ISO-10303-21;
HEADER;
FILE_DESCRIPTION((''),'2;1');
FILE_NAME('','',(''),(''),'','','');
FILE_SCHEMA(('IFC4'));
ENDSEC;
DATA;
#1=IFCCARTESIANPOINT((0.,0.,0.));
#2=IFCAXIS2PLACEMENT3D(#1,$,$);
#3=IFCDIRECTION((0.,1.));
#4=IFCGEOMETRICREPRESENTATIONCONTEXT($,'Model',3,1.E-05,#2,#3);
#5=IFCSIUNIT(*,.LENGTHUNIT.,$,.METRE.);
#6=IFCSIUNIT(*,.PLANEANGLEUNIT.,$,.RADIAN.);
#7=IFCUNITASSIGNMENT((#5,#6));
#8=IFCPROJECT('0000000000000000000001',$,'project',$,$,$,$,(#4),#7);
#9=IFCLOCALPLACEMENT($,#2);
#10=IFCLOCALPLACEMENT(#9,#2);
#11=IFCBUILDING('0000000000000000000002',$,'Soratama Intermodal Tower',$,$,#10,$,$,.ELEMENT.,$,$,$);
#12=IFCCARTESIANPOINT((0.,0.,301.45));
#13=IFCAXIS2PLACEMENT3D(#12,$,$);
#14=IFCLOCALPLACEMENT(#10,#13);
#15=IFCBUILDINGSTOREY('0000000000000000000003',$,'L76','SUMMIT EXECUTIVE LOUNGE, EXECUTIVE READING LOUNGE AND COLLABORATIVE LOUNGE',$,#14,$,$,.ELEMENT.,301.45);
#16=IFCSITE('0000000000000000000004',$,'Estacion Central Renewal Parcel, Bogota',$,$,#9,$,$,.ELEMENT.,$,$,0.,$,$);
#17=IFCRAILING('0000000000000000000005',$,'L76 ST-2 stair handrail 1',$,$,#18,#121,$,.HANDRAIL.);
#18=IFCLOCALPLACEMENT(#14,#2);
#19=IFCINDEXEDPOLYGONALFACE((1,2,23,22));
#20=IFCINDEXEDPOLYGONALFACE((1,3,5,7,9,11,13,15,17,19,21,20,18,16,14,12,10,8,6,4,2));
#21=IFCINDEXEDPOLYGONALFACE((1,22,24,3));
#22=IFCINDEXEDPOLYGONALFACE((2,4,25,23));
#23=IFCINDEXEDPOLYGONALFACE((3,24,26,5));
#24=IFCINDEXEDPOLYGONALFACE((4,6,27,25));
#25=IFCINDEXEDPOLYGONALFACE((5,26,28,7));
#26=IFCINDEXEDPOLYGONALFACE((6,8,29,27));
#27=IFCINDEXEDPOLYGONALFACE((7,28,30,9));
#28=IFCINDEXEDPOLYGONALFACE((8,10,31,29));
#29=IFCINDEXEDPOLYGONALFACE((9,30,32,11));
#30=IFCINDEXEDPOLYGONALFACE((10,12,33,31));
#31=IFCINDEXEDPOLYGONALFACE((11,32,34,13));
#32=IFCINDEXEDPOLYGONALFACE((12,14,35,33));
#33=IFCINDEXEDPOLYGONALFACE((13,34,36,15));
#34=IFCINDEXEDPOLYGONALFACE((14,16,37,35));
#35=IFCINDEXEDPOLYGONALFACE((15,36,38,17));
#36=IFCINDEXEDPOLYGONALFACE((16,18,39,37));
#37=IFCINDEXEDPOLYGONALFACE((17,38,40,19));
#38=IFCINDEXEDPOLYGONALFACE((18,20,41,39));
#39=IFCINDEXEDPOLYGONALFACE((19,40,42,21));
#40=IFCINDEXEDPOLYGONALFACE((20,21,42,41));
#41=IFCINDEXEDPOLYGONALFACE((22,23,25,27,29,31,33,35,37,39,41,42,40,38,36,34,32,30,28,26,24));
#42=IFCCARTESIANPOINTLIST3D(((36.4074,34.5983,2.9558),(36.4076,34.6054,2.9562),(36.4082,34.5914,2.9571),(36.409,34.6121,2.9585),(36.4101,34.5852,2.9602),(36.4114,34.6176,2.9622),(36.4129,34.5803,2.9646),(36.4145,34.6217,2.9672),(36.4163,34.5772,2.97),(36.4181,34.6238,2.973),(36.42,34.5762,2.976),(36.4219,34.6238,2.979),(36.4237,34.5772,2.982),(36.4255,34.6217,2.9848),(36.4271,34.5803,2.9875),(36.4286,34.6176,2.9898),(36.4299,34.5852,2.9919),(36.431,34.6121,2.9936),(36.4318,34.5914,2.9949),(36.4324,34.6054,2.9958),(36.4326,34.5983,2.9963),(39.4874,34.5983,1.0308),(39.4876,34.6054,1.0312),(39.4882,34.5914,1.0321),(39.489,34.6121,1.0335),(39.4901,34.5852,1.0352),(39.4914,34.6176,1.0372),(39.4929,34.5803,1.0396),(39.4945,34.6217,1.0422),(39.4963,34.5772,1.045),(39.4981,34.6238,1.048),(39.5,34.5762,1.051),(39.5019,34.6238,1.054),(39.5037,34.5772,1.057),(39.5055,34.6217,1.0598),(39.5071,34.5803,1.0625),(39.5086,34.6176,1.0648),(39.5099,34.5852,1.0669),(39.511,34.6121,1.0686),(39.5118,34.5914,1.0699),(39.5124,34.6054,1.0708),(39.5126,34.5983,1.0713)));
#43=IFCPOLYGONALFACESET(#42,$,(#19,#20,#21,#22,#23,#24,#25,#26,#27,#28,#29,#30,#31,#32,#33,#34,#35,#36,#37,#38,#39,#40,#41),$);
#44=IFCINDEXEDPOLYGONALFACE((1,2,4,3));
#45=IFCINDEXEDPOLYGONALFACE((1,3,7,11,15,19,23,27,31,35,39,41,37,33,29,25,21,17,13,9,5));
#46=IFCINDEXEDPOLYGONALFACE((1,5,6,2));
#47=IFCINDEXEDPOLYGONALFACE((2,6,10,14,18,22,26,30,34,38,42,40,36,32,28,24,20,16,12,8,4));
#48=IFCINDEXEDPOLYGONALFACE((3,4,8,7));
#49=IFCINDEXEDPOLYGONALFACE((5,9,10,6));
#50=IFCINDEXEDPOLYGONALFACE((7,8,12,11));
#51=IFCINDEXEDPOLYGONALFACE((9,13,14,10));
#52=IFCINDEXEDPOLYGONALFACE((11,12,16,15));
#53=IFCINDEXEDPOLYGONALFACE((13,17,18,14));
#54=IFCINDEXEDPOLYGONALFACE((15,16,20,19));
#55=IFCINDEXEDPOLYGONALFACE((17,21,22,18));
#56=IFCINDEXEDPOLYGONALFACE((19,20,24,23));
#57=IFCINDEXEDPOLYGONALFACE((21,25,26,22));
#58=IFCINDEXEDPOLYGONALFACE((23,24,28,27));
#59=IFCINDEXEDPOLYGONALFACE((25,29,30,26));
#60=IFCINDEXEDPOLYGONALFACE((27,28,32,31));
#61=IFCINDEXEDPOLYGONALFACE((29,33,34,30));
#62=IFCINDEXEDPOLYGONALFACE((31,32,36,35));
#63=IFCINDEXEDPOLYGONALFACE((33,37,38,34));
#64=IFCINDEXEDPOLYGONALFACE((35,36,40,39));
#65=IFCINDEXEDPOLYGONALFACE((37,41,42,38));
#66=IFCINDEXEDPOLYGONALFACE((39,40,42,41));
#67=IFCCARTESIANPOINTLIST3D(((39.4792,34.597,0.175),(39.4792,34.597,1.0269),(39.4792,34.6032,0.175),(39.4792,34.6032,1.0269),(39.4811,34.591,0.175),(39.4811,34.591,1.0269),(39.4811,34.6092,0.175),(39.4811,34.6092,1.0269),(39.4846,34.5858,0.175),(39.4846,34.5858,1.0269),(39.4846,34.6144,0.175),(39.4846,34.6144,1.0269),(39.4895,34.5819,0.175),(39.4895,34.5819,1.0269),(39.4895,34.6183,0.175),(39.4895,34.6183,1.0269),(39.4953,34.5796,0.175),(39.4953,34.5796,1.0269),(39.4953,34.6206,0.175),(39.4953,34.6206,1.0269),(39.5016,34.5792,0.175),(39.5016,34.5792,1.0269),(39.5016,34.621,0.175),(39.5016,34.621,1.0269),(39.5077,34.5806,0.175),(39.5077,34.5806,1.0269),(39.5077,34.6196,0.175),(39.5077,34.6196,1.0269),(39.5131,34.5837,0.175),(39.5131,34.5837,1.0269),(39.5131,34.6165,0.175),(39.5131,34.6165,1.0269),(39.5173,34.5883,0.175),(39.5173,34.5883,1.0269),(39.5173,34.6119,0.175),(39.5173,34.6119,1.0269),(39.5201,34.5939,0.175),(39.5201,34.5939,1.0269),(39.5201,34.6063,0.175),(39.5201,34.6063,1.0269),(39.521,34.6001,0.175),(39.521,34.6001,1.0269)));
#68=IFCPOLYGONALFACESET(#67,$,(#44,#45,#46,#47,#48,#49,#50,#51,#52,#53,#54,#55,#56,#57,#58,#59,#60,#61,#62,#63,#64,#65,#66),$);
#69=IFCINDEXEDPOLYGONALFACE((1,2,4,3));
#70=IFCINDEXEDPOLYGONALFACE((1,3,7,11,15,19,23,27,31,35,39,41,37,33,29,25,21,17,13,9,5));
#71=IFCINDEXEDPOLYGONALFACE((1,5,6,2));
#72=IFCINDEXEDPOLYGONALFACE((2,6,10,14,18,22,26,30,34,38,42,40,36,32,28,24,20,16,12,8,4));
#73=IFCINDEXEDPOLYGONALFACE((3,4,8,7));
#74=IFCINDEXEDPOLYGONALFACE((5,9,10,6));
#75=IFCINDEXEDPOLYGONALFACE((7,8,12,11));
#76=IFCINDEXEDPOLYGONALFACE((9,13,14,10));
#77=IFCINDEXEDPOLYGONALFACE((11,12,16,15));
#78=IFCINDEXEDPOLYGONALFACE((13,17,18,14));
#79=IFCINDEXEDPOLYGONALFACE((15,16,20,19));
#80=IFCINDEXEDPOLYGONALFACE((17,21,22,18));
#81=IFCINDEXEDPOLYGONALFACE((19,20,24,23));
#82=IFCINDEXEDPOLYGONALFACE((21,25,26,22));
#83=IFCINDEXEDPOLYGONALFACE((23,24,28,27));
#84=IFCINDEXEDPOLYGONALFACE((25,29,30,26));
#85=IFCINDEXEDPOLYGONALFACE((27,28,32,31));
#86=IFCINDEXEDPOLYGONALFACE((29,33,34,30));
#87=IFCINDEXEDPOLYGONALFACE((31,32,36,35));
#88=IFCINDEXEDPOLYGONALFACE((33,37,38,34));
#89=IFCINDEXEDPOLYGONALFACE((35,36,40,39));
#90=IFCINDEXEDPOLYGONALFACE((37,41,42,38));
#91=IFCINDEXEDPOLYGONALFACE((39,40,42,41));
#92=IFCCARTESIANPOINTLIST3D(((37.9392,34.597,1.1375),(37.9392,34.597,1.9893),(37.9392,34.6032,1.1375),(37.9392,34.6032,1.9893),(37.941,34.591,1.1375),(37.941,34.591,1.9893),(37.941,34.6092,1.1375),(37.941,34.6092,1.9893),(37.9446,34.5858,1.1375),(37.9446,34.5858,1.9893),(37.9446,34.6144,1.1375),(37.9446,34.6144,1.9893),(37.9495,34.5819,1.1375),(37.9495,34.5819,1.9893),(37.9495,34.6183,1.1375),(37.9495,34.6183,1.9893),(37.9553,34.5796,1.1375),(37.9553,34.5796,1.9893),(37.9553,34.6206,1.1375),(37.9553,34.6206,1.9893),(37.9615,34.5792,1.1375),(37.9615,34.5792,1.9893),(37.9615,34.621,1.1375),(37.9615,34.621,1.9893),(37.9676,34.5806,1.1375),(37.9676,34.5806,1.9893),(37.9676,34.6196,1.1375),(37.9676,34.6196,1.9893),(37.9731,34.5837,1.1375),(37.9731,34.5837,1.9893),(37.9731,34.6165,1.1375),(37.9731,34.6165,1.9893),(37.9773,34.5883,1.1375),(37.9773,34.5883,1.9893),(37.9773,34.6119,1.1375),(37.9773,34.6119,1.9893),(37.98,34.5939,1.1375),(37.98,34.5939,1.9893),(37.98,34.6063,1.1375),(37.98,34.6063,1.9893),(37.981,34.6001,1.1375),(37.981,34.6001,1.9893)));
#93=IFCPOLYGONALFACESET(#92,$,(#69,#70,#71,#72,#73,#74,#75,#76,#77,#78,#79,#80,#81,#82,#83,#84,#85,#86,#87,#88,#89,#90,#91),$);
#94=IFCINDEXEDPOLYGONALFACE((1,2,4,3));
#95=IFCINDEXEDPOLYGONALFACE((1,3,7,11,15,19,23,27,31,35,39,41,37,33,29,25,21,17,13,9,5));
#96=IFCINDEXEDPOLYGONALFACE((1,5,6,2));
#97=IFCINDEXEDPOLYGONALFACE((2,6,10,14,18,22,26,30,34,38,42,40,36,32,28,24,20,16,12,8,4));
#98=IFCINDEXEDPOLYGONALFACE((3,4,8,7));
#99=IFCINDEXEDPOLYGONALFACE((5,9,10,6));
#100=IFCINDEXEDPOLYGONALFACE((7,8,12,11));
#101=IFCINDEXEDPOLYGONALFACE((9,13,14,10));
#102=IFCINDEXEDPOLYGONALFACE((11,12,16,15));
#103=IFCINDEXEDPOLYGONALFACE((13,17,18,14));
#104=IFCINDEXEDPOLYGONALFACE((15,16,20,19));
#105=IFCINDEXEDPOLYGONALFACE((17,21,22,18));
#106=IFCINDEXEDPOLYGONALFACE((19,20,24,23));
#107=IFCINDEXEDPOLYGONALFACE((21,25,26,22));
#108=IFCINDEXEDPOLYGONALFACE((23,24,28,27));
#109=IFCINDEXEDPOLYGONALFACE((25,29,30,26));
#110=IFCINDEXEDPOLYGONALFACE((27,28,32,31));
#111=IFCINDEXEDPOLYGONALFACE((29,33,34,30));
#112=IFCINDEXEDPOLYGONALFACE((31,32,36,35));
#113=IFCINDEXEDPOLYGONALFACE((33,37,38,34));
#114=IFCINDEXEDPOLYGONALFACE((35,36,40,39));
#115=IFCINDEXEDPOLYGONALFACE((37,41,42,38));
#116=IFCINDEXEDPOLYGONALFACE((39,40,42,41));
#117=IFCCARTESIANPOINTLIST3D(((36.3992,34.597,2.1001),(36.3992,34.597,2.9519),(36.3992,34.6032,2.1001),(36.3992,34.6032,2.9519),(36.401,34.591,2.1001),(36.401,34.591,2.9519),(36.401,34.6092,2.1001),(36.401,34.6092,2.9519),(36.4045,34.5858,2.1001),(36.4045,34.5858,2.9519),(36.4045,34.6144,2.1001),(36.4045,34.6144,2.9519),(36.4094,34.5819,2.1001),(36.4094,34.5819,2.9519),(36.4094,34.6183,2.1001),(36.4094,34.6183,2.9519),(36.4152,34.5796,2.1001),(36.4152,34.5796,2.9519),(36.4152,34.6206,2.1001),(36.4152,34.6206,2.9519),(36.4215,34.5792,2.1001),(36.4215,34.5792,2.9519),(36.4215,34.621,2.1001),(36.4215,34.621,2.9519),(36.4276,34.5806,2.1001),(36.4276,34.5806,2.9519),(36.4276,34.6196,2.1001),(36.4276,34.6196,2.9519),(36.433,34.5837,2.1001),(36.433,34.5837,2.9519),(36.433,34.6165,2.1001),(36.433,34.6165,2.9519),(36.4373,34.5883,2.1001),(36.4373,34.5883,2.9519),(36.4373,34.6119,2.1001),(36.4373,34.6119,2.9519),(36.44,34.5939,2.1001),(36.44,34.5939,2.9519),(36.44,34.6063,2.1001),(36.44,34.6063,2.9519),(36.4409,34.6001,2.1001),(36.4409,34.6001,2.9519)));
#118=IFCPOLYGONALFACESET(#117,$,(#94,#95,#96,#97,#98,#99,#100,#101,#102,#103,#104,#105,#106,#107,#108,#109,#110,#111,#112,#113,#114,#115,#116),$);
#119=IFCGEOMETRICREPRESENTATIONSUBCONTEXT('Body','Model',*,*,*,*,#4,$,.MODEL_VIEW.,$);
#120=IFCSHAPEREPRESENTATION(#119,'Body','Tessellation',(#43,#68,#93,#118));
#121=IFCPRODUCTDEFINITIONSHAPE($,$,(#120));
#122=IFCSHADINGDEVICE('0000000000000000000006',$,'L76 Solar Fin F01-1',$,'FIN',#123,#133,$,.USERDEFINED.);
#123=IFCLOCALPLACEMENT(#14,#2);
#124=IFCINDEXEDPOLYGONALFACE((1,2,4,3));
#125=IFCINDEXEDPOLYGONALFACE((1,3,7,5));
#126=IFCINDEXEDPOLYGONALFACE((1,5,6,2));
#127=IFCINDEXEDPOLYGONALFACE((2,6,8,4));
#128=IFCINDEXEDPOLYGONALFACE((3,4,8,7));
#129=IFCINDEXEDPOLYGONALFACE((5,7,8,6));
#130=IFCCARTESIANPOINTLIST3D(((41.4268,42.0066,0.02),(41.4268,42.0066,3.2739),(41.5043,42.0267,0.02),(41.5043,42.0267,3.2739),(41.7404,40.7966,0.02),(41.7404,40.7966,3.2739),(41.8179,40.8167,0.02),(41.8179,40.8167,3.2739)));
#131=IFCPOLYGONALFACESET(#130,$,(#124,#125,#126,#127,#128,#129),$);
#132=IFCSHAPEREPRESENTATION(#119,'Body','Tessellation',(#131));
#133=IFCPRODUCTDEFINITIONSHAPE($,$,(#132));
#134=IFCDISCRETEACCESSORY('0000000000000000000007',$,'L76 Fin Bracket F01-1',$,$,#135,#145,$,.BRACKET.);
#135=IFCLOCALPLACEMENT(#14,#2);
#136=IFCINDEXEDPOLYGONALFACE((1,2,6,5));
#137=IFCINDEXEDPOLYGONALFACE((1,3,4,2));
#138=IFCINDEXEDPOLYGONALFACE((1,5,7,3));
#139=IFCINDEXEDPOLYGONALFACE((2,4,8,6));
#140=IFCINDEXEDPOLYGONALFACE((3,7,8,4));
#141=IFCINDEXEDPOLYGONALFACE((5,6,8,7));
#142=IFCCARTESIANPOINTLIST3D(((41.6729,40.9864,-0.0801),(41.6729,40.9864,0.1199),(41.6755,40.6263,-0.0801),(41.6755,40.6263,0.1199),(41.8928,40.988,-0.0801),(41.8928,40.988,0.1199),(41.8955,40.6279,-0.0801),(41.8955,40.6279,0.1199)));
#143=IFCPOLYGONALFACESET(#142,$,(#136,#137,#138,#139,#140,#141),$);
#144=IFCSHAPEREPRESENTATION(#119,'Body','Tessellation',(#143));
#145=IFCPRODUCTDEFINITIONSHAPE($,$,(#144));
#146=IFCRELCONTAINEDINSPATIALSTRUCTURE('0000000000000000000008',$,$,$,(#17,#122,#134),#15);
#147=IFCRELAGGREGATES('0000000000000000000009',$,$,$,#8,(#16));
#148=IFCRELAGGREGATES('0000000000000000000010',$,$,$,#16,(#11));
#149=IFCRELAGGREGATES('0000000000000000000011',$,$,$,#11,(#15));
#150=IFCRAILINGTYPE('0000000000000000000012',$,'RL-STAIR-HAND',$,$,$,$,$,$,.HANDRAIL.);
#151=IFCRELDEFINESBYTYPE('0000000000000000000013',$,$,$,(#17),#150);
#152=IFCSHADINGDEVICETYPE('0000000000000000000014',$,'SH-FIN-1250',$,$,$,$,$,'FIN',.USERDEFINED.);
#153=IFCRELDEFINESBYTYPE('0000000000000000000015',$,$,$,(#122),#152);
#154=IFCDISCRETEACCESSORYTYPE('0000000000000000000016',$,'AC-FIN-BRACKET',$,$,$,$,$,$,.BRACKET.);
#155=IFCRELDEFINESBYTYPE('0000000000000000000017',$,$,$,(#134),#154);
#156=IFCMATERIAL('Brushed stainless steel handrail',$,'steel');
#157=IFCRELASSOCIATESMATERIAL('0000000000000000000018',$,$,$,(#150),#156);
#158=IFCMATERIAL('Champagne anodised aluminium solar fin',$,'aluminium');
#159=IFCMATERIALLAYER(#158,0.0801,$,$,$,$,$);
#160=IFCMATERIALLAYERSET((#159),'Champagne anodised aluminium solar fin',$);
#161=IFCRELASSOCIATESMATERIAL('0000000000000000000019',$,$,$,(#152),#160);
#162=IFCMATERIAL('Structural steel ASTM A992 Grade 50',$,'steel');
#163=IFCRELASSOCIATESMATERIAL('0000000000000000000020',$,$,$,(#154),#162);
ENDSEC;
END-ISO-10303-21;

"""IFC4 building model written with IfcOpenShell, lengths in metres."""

from ifc_helpers import new_model, si_unit, direction, frame, origin, origin_2d, place, context, subcontext, project, spatial, rectangle, circle, extrude, material, layer, layer_set, type_object, element, save


model = new_model("IFC4")

# Units and contexts
model_context = context("Model", 3, precision=1e-05, world=origin(), true_north=direction((0.0, 1.0)))
body_context = subcontext(model_context, "Body", "Model", "MODEL_VIEW")
ifc_project = project(units=[si_unit("LENGTHUNIT", "METRE"), si_unit("PLANEANGLEUNIT", "RADIAN")], contexts=[model_context])

# Site, building, storey
site_placement = place(None, origin())
site = spatial("IfcSite", under=ifc_project, at=site_placement, Name="Estacion Central Renewal Parcel, Bogota", CompositionType="ELEMENT", RefElevation=0.0)
building_placement = place(site_placement, origin())
building = spatial("IfcBuilding", under=site, at=building_placement, Name="Soratama Intermodal Tower", CompositionType="ELEMENT")
storey_placement = place(building_placement, frame((0.0, 0.0, 301.45)))
storey = spatial("IfcBuildingStorey", under=building, at=storey_placement, Name="L76", Description="SUMMIT EXECUTIVE LOUNGE, EXECUTIVE READING LOUNGE AND COLLABORATIVE LOUNGE", CompositionType="ELEMENT", Elevation=301.45)

# Railing
ifc_material_1 = material(Name="Brushed stainless steel handrail", Category="steel")
railing_type_1 = type_object("IfcRailingType", Name="RL-STAIR-HAND", PredefinedType="HANDRAIL", material=ifc_material_1)
railing_1_placement = place(storey_placement, frame((39.5, 34.6001, 0.175)))
element("IfcRailing", 1, at=railing_1_placement, inside=storey, type_object=railing_type_1, Name="L76 ST-2 stair handrail 1", PredefinedType="HANDRAIL", context=body_context, shape_type="SweptSolid", body=[
    extrude(circle(Radius=0.0239, at=origin_2d()), frame((0.0, 0.0, 0.876), z_axis=(-0.847998, 0.0, 0.529999), x_axis=(0.0, -1.0, 0.0)), (0.0, 0.0, 1.0), 3.6321),
    extrude(circle(Radius=0.021, at=origin_2d()), origin(), (0.0, 0.0, 1.0), 0.8518),
    extrude(circle(Radius=0.021, at=origin_2d()), frame((-1.54, 0.0, 0.9624)), (0.0, 0.0, 1.0), 0.8518),
    extrude(circle(Radius=0.021, at=origin_2d()), frame((-3.0801, 0.0, 1.925)), (0.0, 0.0, 1.0), 0.8518),
])

# Shading device
ifc_material_2 = material(Name="Champagne anodised aluminium solar fin", Category="aluminium")
ifc_layer_1 = layer(ifc_material_2, 0.0801)
ifc_layer_set_1 = layer_set([ifc_layer_1], Name="Champagne anodised aluminium solar fin")
shading_device_type = type_object("IfcShadingDeviceType", Name="SH-FIN-1250", ElementType="FIN", PredefinedType="USERDEFINED", material=ifc_layer_set_1)
shading_device_placement = place(storey_placement, frame((41.6223, 41.4116, 0.02), z_axis=(0.0, 0.0, 1.0), x_axis=(-0.250887, 0.968016, 0.0)))
element("IfcShadingDevice", 2, at=shading_device_placement, inside=storey, type_object=shading_device_type, Name="L76 Solar Fin F01-1", ObjectType="FIN", PredefinedType="USERDEFINED", context=body_context, shape_type="SweptSolid", body=[
    extrude(rectangle(XDim=1.25, YDim=0.0801, at=origin_2d()), origin(), (0.0, 0.0, 1.0), 3.2539),
])

# Discrete accessory
ifc_material_3 = material(Name="Structural steel ASTM A992 Grade 50", Category="steel")
discrete_accessory_type = type_object("IfcDiscreteAccessoryType", Name="AC-FIN-BRACKET", PredefinedType="BRACKET", material=ifc_material_3)
discrete_accessory_placement = place(storey_placement, frame((41.7842, 40.8071, -0.0801), z_axis=(0.0, 0.0, 1.0), x_axis=(-0.00733, 0.999973, 0.0)))
element("IfcDiscreteAccessory", 3, at=discrete_accessory_placement, inside=storey, type_object=discrete_accessory_type, Name="L76 Fin Bracket F01-1", PredefinedType="BRACKET", context=body_context, shape_type="SweptSolid", body=[
    extrude(rectangle(XDim=0.3601, YDim=0.22, at=origin_2d()), origin(), (0.0, 0.0, 1.0), 0.2),
])

save(model, "model.ifc")
